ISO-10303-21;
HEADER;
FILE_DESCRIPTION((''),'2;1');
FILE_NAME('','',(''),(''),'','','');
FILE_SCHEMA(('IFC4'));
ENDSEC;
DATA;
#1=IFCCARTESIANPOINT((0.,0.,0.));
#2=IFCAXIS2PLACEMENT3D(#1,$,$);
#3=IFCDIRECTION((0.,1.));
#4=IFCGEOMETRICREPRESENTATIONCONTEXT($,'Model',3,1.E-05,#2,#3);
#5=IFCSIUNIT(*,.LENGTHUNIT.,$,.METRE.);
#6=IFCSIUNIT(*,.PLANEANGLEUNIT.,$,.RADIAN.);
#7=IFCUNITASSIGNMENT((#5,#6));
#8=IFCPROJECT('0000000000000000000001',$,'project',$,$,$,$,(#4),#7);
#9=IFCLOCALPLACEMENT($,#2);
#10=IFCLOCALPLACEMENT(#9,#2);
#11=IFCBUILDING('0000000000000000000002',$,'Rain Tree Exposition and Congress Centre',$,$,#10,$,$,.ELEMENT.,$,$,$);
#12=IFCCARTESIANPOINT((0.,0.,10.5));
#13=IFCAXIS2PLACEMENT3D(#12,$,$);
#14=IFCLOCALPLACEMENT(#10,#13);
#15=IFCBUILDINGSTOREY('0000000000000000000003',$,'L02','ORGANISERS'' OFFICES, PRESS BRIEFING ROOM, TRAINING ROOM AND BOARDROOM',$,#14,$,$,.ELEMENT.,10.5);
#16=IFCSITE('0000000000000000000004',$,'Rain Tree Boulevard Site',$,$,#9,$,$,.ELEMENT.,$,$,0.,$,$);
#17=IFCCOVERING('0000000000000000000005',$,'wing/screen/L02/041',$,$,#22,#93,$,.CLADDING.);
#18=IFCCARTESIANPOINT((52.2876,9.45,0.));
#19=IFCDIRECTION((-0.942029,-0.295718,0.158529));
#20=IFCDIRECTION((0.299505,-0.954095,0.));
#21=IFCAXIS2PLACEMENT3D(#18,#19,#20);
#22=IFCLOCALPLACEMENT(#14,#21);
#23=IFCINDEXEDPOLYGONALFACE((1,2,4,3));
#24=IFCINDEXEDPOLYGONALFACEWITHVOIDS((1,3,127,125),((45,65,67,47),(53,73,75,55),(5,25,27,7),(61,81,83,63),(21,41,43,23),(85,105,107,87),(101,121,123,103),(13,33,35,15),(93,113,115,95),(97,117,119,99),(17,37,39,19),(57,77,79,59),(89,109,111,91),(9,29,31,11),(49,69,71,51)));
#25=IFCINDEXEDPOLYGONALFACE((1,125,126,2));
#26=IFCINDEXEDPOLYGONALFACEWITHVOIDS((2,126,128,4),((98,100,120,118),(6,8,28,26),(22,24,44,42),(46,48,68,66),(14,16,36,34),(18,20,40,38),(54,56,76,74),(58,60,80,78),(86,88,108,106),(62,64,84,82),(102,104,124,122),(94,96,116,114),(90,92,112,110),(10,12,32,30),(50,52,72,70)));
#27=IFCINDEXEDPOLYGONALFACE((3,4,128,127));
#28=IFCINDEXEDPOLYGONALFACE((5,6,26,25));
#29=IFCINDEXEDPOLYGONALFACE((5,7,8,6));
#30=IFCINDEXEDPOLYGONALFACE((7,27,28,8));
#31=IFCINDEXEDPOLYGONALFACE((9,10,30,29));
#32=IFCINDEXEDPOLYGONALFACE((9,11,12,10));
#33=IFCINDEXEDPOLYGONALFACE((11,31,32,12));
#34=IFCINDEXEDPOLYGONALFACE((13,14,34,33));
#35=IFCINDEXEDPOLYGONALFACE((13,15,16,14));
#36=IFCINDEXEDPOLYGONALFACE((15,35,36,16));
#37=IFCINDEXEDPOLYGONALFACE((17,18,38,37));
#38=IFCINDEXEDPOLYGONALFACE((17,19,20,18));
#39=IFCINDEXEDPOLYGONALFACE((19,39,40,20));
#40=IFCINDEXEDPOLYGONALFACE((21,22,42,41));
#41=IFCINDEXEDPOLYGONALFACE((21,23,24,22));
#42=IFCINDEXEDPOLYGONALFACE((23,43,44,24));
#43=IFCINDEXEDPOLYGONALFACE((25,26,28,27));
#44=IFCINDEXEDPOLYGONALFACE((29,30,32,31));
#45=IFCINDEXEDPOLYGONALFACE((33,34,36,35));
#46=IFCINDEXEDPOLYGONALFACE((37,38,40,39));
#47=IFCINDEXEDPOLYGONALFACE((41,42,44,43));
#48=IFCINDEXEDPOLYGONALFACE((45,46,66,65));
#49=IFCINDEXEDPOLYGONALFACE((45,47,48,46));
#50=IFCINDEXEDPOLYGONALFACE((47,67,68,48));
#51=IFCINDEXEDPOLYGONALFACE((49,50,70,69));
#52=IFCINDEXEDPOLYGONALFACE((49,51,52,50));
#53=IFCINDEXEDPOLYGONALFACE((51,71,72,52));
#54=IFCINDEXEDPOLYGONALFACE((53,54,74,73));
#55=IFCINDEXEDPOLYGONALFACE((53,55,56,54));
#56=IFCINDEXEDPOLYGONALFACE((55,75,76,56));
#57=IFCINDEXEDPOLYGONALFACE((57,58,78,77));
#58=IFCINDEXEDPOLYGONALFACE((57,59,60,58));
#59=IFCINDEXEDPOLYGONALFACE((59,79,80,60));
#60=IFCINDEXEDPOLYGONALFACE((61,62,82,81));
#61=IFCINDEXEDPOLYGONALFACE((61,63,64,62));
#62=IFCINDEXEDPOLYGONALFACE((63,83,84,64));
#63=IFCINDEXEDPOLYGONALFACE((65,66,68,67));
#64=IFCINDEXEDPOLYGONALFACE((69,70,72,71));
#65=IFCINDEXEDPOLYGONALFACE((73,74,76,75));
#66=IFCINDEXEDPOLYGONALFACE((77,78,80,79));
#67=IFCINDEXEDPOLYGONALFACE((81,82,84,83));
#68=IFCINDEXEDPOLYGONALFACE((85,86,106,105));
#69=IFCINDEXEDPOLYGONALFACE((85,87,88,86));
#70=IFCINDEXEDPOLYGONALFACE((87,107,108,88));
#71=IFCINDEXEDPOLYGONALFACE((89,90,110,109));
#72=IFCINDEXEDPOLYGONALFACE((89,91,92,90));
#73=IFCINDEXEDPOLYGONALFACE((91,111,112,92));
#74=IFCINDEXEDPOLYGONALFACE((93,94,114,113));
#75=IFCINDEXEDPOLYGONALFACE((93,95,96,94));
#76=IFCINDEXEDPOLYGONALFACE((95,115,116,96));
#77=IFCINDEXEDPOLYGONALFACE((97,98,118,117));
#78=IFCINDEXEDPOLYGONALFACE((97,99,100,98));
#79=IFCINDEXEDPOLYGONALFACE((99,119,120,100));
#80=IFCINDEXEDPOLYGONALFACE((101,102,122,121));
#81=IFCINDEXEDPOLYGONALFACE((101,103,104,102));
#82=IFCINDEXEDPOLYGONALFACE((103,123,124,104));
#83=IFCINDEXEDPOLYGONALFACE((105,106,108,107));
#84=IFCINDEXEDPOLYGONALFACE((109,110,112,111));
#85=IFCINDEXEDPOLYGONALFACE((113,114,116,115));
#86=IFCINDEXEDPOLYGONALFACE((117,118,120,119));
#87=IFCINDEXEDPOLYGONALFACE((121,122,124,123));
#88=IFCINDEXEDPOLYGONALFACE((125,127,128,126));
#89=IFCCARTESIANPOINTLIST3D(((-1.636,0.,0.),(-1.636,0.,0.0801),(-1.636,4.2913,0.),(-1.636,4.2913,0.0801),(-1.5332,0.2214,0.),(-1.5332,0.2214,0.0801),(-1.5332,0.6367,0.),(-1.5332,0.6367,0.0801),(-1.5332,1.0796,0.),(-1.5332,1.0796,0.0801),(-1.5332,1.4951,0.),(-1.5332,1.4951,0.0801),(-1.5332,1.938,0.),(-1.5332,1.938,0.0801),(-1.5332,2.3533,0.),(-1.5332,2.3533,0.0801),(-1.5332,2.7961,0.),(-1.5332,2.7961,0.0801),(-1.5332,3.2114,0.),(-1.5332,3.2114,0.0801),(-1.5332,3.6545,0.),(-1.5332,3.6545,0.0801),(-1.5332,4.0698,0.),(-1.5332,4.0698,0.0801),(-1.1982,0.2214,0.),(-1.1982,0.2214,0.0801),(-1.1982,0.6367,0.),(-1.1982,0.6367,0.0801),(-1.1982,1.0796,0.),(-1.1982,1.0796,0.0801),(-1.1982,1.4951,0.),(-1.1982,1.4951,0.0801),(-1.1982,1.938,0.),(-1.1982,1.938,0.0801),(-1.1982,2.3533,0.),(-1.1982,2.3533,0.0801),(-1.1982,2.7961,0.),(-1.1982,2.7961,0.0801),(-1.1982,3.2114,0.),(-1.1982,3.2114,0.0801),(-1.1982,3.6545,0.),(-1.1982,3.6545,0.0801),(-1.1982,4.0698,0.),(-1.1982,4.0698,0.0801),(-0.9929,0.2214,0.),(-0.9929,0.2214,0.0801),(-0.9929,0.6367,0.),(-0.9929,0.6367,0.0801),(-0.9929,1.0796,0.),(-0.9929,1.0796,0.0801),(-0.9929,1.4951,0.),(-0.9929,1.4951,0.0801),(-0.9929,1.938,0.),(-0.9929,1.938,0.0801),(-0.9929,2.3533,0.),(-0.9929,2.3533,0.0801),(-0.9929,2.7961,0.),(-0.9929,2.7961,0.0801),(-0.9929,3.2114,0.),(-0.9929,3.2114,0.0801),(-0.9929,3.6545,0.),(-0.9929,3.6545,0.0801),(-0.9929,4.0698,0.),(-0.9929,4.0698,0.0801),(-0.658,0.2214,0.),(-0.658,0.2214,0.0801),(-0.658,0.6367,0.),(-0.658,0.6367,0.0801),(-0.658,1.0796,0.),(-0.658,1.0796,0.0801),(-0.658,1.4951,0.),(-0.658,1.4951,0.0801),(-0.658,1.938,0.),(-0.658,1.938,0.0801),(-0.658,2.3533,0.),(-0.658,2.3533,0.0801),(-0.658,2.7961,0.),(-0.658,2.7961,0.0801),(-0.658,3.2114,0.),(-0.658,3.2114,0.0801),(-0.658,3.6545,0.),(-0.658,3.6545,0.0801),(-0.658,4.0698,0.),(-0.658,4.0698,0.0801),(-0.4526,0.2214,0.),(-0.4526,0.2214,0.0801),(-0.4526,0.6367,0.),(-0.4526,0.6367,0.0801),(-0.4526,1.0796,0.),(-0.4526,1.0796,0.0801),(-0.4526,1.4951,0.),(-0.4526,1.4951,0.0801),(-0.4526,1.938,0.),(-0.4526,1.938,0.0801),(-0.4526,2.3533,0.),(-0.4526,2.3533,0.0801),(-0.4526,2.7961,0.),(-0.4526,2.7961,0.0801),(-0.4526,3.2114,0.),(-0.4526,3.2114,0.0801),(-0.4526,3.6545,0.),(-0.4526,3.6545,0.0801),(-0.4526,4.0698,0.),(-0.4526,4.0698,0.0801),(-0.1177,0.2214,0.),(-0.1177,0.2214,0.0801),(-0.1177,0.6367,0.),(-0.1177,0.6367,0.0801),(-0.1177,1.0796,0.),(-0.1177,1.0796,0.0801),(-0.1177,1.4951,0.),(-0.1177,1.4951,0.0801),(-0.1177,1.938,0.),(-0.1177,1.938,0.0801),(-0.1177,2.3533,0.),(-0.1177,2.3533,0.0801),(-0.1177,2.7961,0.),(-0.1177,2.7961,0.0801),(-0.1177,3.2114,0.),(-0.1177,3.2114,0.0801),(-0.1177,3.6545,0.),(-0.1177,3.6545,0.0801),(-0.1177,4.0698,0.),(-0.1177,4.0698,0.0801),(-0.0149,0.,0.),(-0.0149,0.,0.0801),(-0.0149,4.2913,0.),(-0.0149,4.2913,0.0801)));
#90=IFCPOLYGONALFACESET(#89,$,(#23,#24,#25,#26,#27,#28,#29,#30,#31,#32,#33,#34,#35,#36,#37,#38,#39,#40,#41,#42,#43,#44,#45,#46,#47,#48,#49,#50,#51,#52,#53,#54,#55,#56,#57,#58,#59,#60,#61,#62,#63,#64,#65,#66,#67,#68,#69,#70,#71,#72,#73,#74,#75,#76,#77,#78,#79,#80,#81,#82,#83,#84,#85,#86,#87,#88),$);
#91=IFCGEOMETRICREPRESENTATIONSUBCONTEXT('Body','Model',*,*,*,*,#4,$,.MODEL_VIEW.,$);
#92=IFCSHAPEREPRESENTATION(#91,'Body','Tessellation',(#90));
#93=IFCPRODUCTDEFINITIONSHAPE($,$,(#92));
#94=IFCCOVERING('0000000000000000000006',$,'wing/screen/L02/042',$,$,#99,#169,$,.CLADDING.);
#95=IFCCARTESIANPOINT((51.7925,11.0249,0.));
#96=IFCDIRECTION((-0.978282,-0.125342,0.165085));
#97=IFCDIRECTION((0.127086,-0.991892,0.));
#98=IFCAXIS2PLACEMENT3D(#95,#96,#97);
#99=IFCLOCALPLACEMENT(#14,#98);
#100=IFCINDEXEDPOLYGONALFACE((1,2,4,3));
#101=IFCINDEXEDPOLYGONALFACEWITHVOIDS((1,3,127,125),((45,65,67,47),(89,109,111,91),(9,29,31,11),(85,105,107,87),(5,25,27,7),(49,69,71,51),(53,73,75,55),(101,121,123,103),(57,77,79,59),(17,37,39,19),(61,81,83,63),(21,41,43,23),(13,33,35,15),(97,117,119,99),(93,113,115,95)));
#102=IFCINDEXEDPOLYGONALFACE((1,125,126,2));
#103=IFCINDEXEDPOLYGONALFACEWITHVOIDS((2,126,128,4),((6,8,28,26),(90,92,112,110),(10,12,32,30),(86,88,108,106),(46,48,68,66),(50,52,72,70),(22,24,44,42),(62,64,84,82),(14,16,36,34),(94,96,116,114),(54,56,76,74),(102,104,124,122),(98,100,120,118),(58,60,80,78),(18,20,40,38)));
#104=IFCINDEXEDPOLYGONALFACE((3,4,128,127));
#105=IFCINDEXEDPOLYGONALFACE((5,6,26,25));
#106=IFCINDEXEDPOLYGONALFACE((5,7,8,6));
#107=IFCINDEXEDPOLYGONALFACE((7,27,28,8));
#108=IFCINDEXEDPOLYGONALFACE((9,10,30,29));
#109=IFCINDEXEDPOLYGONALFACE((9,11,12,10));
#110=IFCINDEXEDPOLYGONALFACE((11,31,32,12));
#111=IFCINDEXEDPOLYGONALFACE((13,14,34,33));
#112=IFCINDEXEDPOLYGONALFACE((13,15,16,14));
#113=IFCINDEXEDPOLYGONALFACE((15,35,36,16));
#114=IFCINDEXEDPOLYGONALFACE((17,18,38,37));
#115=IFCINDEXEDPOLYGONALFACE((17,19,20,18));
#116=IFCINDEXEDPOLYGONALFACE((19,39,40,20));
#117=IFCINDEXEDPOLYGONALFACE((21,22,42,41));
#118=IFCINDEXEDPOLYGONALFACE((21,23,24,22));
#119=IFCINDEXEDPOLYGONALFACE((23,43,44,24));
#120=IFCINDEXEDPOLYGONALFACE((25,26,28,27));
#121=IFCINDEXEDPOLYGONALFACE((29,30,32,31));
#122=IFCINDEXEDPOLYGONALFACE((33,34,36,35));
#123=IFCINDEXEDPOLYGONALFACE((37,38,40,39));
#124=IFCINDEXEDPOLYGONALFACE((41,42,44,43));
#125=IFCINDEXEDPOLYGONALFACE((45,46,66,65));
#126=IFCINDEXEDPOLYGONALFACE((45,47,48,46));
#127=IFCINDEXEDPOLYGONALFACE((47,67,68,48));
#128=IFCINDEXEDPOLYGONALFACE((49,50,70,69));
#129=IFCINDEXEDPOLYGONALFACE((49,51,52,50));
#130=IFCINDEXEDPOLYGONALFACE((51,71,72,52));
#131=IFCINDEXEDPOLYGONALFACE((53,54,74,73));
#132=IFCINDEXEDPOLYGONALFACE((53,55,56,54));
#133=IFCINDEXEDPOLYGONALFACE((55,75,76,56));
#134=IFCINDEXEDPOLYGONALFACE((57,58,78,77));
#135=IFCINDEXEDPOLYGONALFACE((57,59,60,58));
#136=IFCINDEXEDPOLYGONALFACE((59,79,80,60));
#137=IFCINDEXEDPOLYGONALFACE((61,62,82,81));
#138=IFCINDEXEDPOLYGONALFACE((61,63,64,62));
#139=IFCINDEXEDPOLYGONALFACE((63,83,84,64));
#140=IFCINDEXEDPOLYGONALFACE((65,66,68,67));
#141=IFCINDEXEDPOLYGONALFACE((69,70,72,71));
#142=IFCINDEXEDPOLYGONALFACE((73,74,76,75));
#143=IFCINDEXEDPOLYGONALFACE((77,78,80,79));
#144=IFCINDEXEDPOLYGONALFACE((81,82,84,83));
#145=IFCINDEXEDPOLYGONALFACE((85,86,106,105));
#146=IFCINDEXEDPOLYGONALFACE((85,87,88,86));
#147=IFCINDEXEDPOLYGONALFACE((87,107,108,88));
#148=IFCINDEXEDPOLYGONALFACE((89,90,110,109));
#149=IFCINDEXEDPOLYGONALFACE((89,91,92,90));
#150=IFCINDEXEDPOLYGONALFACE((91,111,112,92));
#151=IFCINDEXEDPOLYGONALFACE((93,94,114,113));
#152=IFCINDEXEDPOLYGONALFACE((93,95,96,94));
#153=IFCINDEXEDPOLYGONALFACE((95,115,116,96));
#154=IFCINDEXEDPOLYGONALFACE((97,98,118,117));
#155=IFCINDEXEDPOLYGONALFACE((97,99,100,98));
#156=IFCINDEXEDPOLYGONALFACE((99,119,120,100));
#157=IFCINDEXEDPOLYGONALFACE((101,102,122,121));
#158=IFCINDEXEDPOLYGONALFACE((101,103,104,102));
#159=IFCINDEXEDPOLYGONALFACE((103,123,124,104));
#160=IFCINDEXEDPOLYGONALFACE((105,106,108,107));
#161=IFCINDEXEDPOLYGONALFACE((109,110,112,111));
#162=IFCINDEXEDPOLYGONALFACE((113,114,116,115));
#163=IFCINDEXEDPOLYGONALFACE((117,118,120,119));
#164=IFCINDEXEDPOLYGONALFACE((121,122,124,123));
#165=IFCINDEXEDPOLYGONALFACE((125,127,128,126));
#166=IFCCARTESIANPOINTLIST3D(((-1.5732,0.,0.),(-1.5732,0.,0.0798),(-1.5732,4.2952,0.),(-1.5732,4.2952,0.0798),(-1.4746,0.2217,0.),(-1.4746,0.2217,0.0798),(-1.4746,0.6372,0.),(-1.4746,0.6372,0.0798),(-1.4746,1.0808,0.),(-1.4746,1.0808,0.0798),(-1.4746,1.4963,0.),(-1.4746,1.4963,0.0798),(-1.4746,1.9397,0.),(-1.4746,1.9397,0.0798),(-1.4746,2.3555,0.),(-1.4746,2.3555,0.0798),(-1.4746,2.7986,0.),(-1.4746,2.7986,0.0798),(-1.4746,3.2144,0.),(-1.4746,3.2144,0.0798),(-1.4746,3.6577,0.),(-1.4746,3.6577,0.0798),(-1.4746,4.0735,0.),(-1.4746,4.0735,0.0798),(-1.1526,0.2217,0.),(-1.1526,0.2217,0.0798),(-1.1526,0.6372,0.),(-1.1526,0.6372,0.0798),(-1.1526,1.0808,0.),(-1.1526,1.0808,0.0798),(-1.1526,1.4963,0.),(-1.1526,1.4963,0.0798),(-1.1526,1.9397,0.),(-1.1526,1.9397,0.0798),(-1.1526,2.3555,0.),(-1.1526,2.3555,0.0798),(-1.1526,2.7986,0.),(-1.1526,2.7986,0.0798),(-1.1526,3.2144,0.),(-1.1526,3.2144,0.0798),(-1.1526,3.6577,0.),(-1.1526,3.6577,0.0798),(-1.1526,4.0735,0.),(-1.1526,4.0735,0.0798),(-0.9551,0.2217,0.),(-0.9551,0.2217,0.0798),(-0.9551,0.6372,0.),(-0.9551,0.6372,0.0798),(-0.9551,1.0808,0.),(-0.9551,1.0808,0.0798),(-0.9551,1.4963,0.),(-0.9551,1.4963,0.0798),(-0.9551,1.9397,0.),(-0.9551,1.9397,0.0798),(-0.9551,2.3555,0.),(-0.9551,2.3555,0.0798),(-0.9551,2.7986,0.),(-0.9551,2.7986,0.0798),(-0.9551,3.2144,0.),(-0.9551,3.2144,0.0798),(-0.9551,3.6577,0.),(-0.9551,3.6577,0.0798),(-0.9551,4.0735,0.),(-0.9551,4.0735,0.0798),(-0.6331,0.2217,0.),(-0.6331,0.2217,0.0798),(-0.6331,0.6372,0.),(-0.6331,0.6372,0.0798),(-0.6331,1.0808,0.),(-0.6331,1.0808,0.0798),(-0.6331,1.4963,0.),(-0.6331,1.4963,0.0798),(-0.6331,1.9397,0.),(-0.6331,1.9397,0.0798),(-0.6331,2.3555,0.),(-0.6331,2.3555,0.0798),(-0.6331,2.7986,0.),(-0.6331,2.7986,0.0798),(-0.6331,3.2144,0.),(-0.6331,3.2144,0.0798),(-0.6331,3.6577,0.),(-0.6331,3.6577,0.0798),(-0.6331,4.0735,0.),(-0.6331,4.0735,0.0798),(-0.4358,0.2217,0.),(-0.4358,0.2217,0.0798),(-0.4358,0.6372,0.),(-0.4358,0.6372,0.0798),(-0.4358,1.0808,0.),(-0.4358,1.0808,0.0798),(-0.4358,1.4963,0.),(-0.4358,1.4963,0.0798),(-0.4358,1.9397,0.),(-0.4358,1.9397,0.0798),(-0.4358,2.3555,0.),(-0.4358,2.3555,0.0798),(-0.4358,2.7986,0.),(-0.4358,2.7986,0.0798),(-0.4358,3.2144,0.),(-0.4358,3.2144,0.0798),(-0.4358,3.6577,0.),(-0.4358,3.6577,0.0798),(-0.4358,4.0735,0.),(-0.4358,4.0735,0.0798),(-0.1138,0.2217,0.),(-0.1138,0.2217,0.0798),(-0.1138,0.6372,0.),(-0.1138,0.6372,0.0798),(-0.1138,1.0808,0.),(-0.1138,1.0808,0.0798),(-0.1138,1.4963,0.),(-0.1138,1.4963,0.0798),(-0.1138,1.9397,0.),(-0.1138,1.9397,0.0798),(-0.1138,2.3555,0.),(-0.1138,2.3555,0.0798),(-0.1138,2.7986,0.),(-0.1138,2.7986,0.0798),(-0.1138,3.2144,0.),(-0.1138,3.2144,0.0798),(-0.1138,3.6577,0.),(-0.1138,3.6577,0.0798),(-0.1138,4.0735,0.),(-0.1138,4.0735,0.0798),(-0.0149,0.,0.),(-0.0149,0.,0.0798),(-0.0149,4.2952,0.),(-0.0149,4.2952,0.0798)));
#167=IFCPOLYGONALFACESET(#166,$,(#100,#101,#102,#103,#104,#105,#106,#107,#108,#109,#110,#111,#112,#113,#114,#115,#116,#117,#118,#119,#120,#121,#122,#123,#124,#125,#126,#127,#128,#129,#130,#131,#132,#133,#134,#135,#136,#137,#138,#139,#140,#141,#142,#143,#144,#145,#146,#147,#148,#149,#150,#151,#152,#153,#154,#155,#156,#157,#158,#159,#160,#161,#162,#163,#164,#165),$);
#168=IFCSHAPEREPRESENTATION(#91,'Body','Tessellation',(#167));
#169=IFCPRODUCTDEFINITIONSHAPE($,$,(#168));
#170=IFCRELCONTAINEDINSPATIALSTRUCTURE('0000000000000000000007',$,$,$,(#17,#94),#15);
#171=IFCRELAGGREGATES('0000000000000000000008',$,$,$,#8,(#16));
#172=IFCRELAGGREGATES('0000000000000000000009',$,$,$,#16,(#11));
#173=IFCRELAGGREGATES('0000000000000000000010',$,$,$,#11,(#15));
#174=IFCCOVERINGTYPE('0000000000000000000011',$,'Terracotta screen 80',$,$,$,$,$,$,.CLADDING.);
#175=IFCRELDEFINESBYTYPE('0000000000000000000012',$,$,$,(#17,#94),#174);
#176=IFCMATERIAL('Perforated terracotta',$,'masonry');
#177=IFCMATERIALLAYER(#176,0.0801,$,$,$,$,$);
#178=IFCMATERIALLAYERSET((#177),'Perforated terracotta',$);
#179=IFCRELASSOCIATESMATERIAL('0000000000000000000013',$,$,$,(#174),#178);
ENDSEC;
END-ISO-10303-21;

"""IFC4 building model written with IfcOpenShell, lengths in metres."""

from ifc_helpers import new_model, si_unit, direction, frame, origin, place, context, subcontext, project, spatial, polyline, outline, extrude, material, layer, layer_set, type_object, element, save


model = new_model("IFC4")

# Units and contexts
model_context = context("Model", 3, precision=1e-05, world=origin(), true_north=direction((0.0, 1.0)))
body_context = subcontext(model_context, "Body", "Model", "MODEL_VIEW")
ifc_project = project(units=[si_unit("LENGTHUNIT", "METRE"), si_unit("PLANEANGLEUNIT", "RADIAN")], contexts=[model_context])

# Site, building, storey
site_placement = place(None, origin())
site = spatial("IfcSite", under=ifc_project, at=site_placement, Name="Rain Tree Boulevard Site", CompositionType="ELEMENT", RefElevation=0.0)
building_placement = place(site_placement, origin())
building = spatial("IfcBuilding", under=site, at=building_placement, Name="Rain Tree Exposition and Congress Centre", CompositionType="ELEMENT")
storey_placement = place(building_placement, frame((0.0, 0.0, 10.5)))
storey = spatial("IfcBuildingStorey", under=building, at=storey_placement, Name="L02", Description="ORGANISERS' OFFICES, PRESS BRIEFING ROOM, TRAINING ROOM AND BOARDROOM", CompositionType="ELEMENT", Elevation=10.5)

# Coverings
ifc_material_1 = material(Name="Perforated terracotta", Category="masonry")
ifc_layer_1 = layer(ifc_material_1, 0.0801)
ifc_layer_set_1 = layer_set([ifc_layer_1], Name="Perforated terracotta")
covering_type = type_object("IfcCoveringType", Name="Terracotta screen 80", PredefinedType="CLADDING", material=ifc_layer_set_1)
covering_1_placement = place(storey_placement, frame((52.2876, 9.45, 0.0), z_axis=(-0.942029, -0.295718, 0.158529), x_axis=(0.299505, -0.954095, 0.0)))
element("IfcCovering", 1, at=covering_1_placement, inside=storey, type_object=covering_type, Name="wing/screen/L02/041", PredefinedType="CLADDING", context=body_context, shape_type="SweptSolid", body=[
    extrude(outline(polyline([(-1.636, 0.0), (-1.636, 4.2913), (-0.0149, 4.2913), (-0.0149, 0.0), (-1.636, 0.0)]), holes=[polyline([(-0.1177, 0.2214), (-0.1177, 0.6367), (-0.4526, 0.6367), (-0.4526, 0.2214), (-0.1177, 0.2214)]), polyline([(-0.1177, 1.0796), (-0.1177, 1.4951), (-0.4526, 1.4951), (-0.4526, 1.0796), (-0.1177, 1.0796)]), polyline([(-0.1177, 1.938), (-0.1177, 2.3533), (-0.4526, 2.3533), (-0.4526, 1.938), (-0.1177, 1.938)]), polyline([(-0.1177, 2.7961), (-0.1177, 3.2114), (-0.4526, 3.2114), (-0.4526, 2.7961), (-0.1177, 2.7961)]), polyline([(-0.1177, 3.6545), (-0.1177, 4.0698), (-0.4526, 4.0698), (-0.4526, 3.6545), (-0.1177, 3.6545)]), polyline([(-0.658, 0.2214), (-0.658, 0.6367), (-0.9929, 0.6367), (-0.9929, 0.2214), (-0.658, 0.2214)]), polyline([(-0.658, 1.0796), (-0.658, 1.4951), (-0.9929, 1.4951), (-0.9929, 1.0796), (-0.658, 1.0796)]), polyline([(-0.658, 1.938), (-0.658, 2.3533), (-0.9929, 2.3533), (-0.9929, 1.938), (-0.658, 1.938)]), polyline([(-0.658, 2.7961), (-0.658, 3.2114), (-0.9929, 3.2114), (-0.9929, 2.7961), (-0.658, 2.7961)]), polyline([(-0.658, 3.6545), (-0.658, 4.0698), (-0.9929, 4.0698), (-0.9929, 3.6545), (-0.658, 3.6545)]), polyline([(-1.1982, 0.2214), (-1.1982, 0.6367), (-1.5332, 0.6367), (-1.5332, 0.2214), (-1.1982, 0.2214)]), polyline([(-1.1982, 1.0796), (-1.1982, 1.4951), (-1.5332, 1.4951), (-1.5332, 1.0796), (-1.1982, 1.0796)]), polyline([(-1.1982, 1.938), (-1.1982, 2.3533), (-1.5332, 2.3533), (-1.5332, 1.938), (-1.1982, 1.938)]), polyline([(-1.1982, 2.7961), (-1.1982, 3.2114), (-1.5332, 3.2114), (-1.5332, 2.7961), (-1.1982, 2.7961)]), polyline([(-1.1982, 3.6545), (-1.1982, 4.0698), (-1.5332, 4.0698), (-1.5332, 3.6545), (-1.1982, 3.6545)])]), origin(), (0.0, 0.0, 1.0), 0.0801),
])
covering_2_placement = place(storey_placement, frame((51.7925, 11.0249, 0.0), z_axis=(-0.978282, -0.125342, 0.165085), x_axis=(0.127086, -0.991892, 0.0)))
element("IfcCovering", 2, at=covering_2_placement, inside=storey, type_object=covering_type, Name="wing/screen/L02/042", PredefinedType="CLADDING", context=body_context, shape_type="SweptSolid", body=[
    extrude(outline(polyline([(-1.5732, 0.0), (-1.5732, 4.2952), (-0.0149, 4.2952), (-0.0149, 0.0), (-1.5732, 0.0)]), holes=[polyline([(-0.1138, 0.2217), (-0.1138, 0.6372), (-0.4358, 0.6372), (-0.4358, 0.2217), (-0.1138, 0.2217)]), polyline([(-0.1138, 1.0808), (-0.1138, 1.4963), (-0.4358, 1.4963), (-0.4358, 1.0808), (-0.1138, 1.0808)]), polyline([(-0.1138, 1.9397), (-0.1138, 2.3555), (-0.4358, 2.3555), (-0.4358, 1.9397), (-0.1138, 1.9397)]), polyline([(-0.1138, 2.7986), (-0.1138, 3.2144), (-0.4358, 3.2144), (-0.4358, 2.7986), (-0.1138, 2.7986)]), polyline([(-0.1138, 3.6577), (-0.1138, 4.0735), (-0.4358, 4.0735), (-0.4358, 3.6577), (-0.1138, 3.6577)]), polyline([(-0.6331, 0.2217), (-0.6331, 0.6372), (-0.9551, 0.6372), (-0.9551, 0.2217), (-0.6331, 0.2217)]), polyline([(-0.6331, 1.0808), (-0.6331, 1.4963), (-0.9551, 1.4963), (-0.9551, 1.0808), (-0.6331, 1.0808)]), polyline([(-0.6331, 1.9397), (-0.6331, 2.3555), (-0.9551, 2.3555), (-0.9551, 1.9397), (-0.6331, 1.9397)]), polyline([(-0.6331, 2.7986), (-0.6331, 3.2144), (-0.9551, 3.2144), (-0.9551, 2.7986), (-0.6331, 2.7986)]), polyline([(-0.6331, 3.6577), (-0.6331, 4.0735), (-0.9551, 4.0735), (-0.9551, 3.6577), (-0.6331, 3.6577)]), polyline([(-1.1526, 0.2217), (-1.1526, 0.6372), (-1.4746, 0.6372), (-1.4746, 0.2217), (-1.1526, 0.2217)]), polyline([(-1.1526, 1.0808), (-1.1526, 1.4963), (-1.4746, 1.4963), (-1.4746, 1.0808), (-1.1526, 1.0808)]), polyline([(-1.1526, 1.9397), (-1.1526, 2.3555), (-1.4746, 2.3555), (-1.4746, 1.9397), (-1.1526, 1.9397)]), polyline([(-1.1526, 2.7986), (-1.1526, 3.2144), (-1.4746, 3.2144), (-1.4746, 2.7986), (-1.1526, 2.7986)]), polyline([(-1.1526, 3.6577), (-1.1526, 4.0735), (-1.4746, 4.0735), (-1.4746, 3.6577), (-1.1526, 3.6577)])]), origin(), (0.0, 0.0, 1.0), 0.0798),
])

save(model, "model.ifc")
